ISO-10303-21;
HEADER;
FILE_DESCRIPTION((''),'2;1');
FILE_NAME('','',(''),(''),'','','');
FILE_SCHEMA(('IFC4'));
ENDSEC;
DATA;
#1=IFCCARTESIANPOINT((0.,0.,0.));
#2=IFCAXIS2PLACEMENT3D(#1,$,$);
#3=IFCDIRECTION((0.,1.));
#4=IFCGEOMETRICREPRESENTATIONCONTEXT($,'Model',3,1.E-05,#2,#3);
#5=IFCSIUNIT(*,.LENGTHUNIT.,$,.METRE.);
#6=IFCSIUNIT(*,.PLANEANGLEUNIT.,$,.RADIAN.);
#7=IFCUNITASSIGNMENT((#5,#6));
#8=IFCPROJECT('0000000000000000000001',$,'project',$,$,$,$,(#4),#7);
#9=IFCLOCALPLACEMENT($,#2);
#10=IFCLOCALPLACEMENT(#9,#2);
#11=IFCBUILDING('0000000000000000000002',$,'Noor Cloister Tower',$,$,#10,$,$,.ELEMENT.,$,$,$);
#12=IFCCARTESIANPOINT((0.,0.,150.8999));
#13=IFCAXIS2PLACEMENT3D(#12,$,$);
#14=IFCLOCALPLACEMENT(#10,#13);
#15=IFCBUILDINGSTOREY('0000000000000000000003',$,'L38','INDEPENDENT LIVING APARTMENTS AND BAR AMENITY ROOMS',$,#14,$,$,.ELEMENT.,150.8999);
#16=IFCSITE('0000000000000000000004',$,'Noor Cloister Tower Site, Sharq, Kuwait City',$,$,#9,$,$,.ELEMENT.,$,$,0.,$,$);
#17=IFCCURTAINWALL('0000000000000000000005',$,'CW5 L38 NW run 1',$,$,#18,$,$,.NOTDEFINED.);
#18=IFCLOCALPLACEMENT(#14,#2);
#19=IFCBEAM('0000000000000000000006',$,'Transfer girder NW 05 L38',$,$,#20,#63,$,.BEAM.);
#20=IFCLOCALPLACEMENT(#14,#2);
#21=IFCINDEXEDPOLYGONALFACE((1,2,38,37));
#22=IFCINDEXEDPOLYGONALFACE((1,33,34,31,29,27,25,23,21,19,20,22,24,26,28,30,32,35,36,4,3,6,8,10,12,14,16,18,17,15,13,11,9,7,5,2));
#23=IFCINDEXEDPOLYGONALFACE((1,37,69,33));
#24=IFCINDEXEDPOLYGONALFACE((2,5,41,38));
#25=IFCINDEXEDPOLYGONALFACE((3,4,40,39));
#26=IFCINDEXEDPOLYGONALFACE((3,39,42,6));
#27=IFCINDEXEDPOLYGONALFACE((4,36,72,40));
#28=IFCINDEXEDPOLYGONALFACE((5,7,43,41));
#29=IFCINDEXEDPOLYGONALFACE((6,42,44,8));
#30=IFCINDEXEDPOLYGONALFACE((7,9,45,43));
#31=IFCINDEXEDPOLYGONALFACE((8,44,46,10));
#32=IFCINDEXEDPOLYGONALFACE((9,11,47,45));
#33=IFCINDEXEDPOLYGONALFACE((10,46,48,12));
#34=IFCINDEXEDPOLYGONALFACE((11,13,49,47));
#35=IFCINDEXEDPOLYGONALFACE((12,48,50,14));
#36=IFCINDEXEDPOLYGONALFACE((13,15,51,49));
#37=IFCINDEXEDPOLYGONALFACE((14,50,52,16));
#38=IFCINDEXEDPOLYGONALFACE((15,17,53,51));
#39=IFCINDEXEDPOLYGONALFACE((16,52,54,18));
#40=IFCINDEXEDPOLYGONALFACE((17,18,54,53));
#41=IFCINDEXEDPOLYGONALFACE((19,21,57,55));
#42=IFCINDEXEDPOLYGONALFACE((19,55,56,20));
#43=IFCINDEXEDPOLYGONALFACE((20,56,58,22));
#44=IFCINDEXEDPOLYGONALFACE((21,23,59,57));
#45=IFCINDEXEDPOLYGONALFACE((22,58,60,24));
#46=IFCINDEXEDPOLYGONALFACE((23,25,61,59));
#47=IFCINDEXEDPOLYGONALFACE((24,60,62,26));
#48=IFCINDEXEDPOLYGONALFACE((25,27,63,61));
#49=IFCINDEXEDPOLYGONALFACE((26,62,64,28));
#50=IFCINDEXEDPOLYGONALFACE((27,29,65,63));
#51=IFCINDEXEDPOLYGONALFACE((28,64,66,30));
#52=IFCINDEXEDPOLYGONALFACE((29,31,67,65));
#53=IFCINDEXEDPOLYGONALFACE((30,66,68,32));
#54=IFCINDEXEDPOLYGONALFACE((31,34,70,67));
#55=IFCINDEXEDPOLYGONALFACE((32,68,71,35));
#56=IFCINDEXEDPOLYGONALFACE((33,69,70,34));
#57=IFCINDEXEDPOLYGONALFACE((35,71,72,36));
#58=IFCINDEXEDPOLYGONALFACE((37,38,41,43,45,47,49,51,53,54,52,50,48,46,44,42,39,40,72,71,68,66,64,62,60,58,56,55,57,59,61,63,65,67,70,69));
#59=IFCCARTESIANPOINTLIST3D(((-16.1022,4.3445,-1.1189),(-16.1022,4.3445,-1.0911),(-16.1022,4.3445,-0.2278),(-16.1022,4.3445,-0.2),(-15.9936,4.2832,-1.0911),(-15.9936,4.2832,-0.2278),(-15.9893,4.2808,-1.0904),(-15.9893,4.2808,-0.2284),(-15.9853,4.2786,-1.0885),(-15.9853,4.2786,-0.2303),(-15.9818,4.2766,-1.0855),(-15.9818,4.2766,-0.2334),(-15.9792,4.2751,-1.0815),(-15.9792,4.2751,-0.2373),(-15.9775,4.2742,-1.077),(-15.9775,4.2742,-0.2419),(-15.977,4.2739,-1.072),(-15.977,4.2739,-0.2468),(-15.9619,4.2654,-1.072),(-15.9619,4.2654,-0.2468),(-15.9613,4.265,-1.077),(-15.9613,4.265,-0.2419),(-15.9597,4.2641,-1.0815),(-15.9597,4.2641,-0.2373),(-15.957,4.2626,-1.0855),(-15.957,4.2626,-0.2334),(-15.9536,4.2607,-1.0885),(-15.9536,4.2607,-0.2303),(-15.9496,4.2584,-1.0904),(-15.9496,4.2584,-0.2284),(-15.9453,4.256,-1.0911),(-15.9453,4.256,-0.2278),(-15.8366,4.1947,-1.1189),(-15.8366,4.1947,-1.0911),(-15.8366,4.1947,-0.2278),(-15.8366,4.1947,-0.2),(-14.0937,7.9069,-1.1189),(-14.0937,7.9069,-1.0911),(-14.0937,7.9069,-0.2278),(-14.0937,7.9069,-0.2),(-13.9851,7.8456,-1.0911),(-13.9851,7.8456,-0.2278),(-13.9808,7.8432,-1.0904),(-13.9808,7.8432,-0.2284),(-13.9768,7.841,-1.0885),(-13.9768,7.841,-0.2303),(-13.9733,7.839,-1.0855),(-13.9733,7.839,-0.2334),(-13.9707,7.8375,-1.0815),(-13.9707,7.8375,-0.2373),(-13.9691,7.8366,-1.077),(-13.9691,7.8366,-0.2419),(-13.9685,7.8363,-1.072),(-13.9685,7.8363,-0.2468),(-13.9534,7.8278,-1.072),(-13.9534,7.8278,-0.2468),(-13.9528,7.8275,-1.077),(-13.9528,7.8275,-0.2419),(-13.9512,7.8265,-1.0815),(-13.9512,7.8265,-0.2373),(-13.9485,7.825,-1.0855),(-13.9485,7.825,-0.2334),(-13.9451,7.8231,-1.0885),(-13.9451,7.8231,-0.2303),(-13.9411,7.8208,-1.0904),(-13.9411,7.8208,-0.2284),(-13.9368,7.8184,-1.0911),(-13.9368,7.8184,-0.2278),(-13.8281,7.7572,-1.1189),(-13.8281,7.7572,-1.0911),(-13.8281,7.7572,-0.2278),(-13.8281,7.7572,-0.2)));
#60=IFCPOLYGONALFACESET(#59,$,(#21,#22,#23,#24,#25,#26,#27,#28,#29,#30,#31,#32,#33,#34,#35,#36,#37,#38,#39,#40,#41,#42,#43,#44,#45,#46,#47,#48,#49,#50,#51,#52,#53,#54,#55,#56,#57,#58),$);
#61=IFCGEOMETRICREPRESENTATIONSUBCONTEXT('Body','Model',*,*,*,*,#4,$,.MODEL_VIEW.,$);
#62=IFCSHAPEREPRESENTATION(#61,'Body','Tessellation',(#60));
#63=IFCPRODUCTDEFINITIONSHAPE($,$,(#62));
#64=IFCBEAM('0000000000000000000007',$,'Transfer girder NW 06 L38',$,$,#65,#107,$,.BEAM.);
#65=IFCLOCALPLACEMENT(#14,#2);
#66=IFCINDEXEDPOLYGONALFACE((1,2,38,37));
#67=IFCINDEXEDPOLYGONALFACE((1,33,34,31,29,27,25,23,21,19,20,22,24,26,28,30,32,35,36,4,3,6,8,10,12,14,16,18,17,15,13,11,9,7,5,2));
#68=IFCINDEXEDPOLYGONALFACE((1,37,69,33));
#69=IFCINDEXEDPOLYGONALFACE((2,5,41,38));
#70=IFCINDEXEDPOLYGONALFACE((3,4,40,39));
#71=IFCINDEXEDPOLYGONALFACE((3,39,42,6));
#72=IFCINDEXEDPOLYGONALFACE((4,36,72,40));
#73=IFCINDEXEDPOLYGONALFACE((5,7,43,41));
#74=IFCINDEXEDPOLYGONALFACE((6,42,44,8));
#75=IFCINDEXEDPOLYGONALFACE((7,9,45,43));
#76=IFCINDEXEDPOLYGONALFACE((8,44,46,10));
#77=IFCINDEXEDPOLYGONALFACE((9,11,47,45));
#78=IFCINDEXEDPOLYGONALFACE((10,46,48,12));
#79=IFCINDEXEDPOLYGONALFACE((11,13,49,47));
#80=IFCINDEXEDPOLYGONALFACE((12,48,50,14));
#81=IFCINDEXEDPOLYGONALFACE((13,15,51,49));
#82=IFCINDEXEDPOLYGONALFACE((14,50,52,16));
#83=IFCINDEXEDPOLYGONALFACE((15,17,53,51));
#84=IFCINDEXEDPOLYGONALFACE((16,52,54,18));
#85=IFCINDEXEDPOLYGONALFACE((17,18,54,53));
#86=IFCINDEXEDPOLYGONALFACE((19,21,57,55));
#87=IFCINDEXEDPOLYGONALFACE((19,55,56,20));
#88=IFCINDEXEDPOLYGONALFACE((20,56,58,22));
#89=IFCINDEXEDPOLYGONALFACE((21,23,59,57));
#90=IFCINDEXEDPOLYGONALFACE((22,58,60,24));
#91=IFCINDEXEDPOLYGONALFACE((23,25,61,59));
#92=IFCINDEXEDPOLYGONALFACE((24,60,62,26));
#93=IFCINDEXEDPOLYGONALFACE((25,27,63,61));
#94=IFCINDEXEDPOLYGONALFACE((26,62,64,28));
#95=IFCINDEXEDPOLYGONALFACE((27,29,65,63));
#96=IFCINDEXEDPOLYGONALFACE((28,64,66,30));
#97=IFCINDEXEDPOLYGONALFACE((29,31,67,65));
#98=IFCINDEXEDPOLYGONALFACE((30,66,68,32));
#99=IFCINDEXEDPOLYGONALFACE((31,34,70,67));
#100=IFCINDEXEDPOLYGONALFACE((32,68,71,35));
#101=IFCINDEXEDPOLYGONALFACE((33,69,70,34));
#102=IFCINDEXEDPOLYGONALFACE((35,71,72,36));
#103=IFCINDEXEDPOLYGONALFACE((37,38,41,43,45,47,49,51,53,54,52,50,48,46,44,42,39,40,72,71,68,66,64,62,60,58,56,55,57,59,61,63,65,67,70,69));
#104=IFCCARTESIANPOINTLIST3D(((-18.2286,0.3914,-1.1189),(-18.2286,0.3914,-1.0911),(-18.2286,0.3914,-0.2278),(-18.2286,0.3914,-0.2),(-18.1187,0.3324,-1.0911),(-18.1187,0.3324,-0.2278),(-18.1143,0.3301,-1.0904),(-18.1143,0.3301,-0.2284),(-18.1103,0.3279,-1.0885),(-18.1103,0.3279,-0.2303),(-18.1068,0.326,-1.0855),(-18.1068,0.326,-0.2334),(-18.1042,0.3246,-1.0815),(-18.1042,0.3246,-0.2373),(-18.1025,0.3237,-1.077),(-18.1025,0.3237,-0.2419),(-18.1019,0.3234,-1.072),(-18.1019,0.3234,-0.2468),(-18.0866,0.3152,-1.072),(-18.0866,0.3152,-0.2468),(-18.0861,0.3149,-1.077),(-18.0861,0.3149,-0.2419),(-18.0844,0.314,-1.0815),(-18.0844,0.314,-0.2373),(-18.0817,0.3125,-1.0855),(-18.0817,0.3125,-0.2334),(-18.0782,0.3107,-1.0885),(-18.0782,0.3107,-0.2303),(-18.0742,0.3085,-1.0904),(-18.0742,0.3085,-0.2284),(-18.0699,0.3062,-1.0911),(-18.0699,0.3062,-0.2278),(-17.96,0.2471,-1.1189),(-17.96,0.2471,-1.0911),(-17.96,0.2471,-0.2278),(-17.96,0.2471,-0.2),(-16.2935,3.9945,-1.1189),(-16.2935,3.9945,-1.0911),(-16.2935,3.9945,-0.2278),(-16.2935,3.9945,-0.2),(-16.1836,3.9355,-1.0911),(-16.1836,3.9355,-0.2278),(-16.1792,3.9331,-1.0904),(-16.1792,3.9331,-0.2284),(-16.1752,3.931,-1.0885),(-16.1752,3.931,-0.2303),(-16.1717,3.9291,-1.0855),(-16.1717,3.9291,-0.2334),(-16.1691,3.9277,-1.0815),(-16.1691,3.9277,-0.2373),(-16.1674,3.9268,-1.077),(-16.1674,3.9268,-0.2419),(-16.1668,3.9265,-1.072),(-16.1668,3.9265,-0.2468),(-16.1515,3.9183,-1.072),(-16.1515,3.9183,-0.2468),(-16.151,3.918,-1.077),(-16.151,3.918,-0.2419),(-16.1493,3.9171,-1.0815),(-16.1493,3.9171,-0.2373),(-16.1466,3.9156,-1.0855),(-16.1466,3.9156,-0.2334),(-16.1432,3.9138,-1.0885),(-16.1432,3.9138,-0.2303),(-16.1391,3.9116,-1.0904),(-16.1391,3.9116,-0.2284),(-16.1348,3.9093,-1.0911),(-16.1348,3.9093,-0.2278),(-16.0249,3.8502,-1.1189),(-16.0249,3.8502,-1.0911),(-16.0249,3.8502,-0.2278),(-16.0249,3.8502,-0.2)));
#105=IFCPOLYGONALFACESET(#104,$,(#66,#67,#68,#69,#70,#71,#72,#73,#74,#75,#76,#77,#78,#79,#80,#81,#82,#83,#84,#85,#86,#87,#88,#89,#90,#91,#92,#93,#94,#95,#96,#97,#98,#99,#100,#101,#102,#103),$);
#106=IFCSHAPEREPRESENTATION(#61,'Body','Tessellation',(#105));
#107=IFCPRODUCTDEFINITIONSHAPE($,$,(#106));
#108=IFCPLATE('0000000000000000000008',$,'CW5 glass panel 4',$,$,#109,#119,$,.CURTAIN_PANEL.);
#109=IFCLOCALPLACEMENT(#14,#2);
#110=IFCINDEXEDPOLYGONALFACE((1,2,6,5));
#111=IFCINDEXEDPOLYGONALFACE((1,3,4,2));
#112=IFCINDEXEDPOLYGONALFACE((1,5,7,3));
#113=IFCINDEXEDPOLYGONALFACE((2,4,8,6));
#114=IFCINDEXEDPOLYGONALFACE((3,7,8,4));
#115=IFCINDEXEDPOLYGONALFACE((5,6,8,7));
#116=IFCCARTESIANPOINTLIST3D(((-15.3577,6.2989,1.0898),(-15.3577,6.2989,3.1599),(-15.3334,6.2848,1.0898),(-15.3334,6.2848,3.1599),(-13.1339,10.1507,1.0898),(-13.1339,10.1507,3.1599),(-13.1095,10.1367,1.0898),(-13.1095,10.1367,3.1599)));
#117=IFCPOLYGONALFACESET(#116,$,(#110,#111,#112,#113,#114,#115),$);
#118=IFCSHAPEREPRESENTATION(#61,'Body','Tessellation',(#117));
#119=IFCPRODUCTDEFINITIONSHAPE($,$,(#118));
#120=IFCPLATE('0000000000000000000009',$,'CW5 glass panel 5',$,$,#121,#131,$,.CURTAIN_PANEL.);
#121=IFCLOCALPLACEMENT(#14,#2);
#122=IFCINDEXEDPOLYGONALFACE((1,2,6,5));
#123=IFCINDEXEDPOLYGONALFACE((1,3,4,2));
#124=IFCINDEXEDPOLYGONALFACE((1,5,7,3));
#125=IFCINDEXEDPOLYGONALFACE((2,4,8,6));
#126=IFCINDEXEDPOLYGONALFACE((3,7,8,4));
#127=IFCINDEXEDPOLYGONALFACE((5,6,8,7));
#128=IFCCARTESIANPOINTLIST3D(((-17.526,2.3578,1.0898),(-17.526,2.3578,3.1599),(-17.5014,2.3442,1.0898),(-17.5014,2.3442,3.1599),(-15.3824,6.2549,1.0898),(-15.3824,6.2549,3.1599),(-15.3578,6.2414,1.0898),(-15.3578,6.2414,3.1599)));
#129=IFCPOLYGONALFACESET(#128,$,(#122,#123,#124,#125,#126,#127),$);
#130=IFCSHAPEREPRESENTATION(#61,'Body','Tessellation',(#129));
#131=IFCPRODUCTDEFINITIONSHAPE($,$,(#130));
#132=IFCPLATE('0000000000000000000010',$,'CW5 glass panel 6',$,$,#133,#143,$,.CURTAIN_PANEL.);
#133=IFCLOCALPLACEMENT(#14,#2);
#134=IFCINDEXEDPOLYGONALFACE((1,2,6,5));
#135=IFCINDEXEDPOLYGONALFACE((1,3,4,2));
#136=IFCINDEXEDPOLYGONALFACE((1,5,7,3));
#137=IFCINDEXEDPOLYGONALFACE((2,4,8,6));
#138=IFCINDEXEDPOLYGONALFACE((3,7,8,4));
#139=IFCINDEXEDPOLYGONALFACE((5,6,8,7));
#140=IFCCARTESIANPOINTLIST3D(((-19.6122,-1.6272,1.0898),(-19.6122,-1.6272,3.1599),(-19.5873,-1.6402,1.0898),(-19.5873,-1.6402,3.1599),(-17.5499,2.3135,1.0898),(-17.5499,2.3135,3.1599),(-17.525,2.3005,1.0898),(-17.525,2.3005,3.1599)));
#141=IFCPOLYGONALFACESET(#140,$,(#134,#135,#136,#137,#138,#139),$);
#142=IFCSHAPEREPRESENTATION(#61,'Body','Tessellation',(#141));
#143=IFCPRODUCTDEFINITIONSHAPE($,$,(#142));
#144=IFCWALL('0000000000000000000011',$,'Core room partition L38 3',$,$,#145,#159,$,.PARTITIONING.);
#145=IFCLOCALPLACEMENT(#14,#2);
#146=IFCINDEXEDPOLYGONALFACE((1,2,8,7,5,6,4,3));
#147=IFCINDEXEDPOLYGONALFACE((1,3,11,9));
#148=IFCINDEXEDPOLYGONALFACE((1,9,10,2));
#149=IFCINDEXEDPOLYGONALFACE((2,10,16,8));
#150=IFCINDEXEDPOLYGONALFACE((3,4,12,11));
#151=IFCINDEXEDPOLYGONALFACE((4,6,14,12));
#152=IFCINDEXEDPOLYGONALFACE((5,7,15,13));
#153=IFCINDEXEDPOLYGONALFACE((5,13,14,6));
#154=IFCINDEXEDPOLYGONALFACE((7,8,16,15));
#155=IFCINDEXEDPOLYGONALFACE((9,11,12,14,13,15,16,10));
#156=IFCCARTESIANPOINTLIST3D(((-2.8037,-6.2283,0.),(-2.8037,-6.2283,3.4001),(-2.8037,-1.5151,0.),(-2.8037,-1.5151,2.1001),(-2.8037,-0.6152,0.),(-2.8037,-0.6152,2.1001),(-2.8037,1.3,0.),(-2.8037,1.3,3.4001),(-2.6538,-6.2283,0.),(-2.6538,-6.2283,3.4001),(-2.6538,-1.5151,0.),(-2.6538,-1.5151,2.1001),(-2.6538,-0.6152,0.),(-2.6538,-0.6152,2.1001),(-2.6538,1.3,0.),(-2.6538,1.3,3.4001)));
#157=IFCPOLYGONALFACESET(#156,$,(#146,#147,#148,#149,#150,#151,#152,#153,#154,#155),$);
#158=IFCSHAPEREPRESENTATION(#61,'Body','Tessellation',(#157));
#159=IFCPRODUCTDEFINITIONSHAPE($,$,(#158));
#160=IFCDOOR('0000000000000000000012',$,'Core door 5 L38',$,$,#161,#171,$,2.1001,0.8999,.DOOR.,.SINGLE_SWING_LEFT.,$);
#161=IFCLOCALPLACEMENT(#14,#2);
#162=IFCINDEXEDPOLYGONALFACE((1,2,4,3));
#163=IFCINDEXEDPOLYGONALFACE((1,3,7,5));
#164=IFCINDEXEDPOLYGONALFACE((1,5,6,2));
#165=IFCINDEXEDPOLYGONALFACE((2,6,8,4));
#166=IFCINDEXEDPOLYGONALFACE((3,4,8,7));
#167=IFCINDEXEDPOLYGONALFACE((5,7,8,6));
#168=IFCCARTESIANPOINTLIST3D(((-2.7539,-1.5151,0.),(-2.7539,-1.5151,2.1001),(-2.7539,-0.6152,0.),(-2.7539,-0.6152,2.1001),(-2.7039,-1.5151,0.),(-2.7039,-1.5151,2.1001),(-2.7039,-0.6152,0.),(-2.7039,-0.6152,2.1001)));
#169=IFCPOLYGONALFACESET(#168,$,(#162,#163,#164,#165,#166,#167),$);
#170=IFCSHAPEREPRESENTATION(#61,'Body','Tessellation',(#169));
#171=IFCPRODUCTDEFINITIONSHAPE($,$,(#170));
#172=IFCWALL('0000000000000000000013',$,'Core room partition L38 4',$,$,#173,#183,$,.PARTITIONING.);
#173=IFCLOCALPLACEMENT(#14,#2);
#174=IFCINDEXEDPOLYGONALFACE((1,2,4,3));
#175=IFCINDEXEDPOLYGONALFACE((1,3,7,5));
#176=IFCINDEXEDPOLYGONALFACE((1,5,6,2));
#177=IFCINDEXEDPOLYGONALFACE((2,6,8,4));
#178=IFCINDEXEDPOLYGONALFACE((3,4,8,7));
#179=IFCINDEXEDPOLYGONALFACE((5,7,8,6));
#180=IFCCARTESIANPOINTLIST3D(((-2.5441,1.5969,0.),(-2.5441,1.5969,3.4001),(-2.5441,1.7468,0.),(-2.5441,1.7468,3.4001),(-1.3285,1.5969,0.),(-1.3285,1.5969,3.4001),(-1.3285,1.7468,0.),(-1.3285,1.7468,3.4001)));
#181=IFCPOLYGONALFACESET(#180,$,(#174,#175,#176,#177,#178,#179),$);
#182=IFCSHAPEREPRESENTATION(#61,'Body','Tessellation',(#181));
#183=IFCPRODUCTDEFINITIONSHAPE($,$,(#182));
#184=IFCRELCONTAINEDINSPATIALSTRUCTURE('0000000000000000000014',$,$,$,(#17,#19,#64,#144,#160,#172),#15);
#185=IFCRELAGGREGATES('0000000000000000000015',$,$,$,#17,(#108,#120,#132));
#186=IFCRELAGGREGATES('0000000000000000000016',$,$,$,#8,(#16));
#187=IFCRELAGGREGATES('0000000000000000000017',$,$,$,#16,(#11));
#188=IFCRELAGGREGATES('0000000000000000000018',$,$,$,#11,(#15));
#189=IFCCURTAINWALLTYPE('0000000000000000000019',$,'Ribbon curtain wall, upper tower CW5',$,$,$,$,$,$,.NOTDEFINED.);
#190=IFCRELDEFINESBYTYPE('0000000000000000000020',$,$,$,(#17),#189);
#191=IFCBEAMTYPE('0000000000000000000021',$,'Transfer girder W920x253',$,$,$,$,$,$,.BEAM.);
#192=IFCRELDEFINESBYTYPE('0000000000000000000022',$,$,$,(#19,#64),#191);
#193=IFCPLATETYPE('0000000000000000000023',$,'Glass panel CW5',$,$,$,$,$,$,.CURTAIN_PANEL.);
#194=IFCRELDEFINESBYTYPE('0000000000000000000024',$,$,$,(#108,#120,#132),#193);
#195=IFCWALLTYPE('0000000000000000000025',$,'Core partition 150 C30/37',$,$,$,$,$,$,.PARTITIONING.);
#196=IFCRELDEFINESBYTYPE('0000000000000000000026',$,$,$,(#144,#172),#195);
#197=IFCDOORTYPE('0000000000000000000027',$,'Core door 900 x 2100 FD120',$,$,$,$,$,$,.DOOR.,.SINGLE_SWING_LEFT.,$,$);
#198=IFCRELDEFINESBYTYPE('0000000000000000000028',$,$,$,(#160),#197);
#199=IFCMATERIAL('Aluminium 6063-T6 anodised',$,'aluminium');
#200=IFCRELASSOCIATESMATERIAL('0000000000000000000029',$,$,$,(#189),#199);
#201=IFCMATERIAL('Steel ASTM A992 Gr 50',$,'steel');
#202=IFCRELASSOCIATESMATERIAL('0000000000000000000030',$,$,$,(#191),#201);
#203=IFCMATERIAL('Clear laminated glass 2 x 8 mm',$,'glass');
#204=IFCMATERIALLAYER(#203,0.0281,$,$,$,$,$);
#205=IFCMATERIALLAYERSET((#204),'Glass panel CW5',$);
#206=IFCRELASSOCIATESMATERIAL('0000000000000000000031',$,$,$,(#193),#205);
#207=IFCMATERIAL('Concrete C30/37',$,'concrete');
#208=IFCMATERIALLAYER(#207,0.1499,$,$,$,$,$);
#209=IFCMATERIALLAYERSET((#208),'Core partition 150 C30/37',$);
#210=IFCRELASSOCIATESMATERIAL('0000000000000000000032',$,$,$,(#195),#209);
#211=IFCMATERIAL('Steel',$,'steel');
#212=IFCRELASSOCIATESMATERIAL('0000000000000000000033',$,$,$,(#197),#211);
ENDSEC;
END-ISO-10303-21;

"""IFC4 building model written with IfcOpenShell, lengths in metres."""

from ifc_helpers import new_model, si_unit, direction, frame, frame_2d, origin, origin_2d, place, context, subcontext, project, spatial, rectangle, i_section, extrude, material, layer, layer_set, material_profile, profile_set, type_object, element, fill, aggregate, save


model = new_model("IFC4")

# Units and contexts
model_context = context("Model", 3, precision=1e-05, world=origin(), true_north=direction((0.0, 1.0)))
body_context = subcontext(model_context, "Body", "Model", "MODEL_VIEW")
ifc_project = project(units=[si_unit("LENGTHUNIT", "METRE"), si_unit("PLANEANGLEUNIT", "RADIAN")], contexts=[model_context])

# Site, building, storey
site_placement = place(None, origin())
site = spatial("IfcSite", under=ifc_project, at=site_placement, Name="Noor Cloister Tower Site, Sharq, Kuwait City", CompositionType="ELEMENT", RefElevation=0.0)
building_placement = place(site_placement, origin())
building = spatial("IfcBuilding", under=site, at=building_placement, Name="Noor Cloister Tower", CompositionType="ELEMENT")
storey_placement = place(building_placement, frame((0.0, 0.0, 150.8999)))
storey = spatial("IfcBuildingStorey", under=building, at=storey_placement, Name="L38", Description="INDEPENDENT LIVING APARTMENTS AND BAR AMENITY ROOMS", CompositionType="ELEMENT", Elevation=150.8999)

# Curtain wall
ifc_material_1 = material(Name="Aluminium 6063-T6 anodised", Category="aluminium")
curtain_wall_type = type_object("IfcCurtainWallType", Name="Ribbon curtain wall, upper tower CW5", PredefinedType="NOTDEFINED", material=ifc_material_1)
curtain_wall_1_placement = place(storey_placement, origin())
curtain_wall_1 = element("IfcCurtainWall", 1, at=curtain_wall_1_placement, inside=storey, type_object=curtain_wall_type, Name="CW5 L38 NW run 1", PredefinedType="NOTDEFINED")

# Beams
ifc_material_2 = material(Name="Steel ASTM A992 Gr 50", Category="steel")
ifc_material_profile_1 = material_profile(ifc_material_2, i_section(OverallWidth=0.3049, OverallDepth=0.9189, WebThickness=0.0173, FlangeThickness=0.0278, FilletRadius=0.019, at=origin_2d()), Name="W920x253")
ifc_profile_set_1 = profile_set([ifc_material_profile_1], Name="Steel ASTM A992 Gr 50")
beam_type_1 = type_object("IfcBeamType", Name="Transfer girder W920x253", PredefinedType="BEAM", material=ifc_profile_set_1)
beam_1_placement = place(storey_placement, frame((-13.9609, 7.832, -0.6594), z_axis=(-0.491123, -0.87109, 0.0), x_axis=(0.87109, -0.491123, 0.0)))
element("IfcBeam", 2, at=beam_1_placement, inside=storey, type_object=beam_type_1, Name="Transfer girder NW 05 L38", PredefinedType="BEAM", context=body_context, shape_type="SweptSolid", body=[
    extrude(i_section(OverallWidth=0.3049, OverallDepth=0.9189, WebThickness=0.0173, FlangeThickness=0.0278, FilletRadius=0.019, at=origin_2d()), origin(), (0.0, 0.0, 1.0), 4.0896),
])
beam_2_placement = place(storey_placement, frame((-16.1592, 3.9224, -0.6594), z_axis=(-0.473146, -0.880984, 0.0), x_axis=(0.880984, -0.473146, 0.0)))
element("IfcBeam", 3, at=beam_2_placement, inside=storey, type_object=beam_type_1, Name="Transfer girder NW 06 L38", PredefinedType="BEAM", context=body_context, shape_type="SweptSolid", body=[
    extrude(i_section(OverallWidth=0.3049, OverallDepth=0.9189, WebThickness=0.0173, FlangeThickness=0.0278, FilletRadius=0.019, at=origin_2d()), origin(), (0.0, 0.0, 1.0), 4.0898),
])

# Plates
ifc_material_3 = material(Name="Clear laminated glass 2 x 8 mm", Category="glass")
ifc_layer_1 = layer(ifc_material_3, 0.0281)
ifc_layer_set_1 = layer_set([ifc_layer_1], Name="Glass panel CW5")
plate_type = type_object("IfcPlateType", Name="Glass panel CW5", PredefinedType="CURTAIN_PANEL", material=ifc_layer_set_1)
plate_1_placement = place(storey_placement, frame((-14.2336, 8.2178, 1.0898), z_axis=(0.0, 0.0, 1.0), x_axis=(-0.5, -0.866025, 0.0)))
plate_1 = element("IfcPlate", 4, at=plate_1_placement, type_object=plate_type, Name="CW5 glass panel 4", PredefinedType="CURTAIN_PANEL", context=body_context, shape_type="SweptSolid", body=[
    extrude(rectangle(XDim=4.4478, YDim=0.0281, at=origin_2d()), origin(), (0.0, 0.0, 1.0), 2.0701),
])
plate_2_placement = place(storey_placement, frame((-16.4419, 4.2996, 1.0898), z_axis=(0.0, 0.0, 1.0), x_axis=(-0.481942, -0.876203, 0.0)))
plate_2 = element("IfcPlate", 5, at=plate_2_placement, type_object=plate_type, Name="CW5 glass panel 5", PredefinedType="CURTAIN_PANEL", context=body_context, shape_type="SweptSolid", body=[
    extrude(rectangle(XDim=4.4478, YDim=0.0281, at=origin_2d()), origin(), (0.0, 0.0, 1.0), 2.0701),
])
plate_3_placement = place(storey_placement, frame((-18.5686, 0.3367, 1.0898), z_axis=(0.0, 0.0, 1.0), x_axis=(-0.463677, -0.886004, 0.0)))
plate_3 = element("IfcPlate", 6, at=plate_3_placement, type_object=plate_type, Name="CW5 glass panel 6", PredefinedType="CURTAIN_PANEL", context=body_context, shape_type="SweptSolid", body=[
    extrude(rectangle(XDim=4.4478, YDim=0.0281, at=origin_2d()), origin(), (0.0, 0.0, 1.0), 2.0701),
])
aggregate(curtain_wall_1, [plate_1, plate_2, plate_3])

# Wall, opening, door
ifc_material_4 = material(Name="Concrete C30/37", Category="concrete")
ifc_layer_2 = layer(ifc_material_4, 0.1499)
ifc_layer_set_2 = layer_set([ifc_layer_2], Name="Core partition 150 C30/37")
wall_type_1 = type_object("IfcWallType", Name="Core partition 150 C30/37", PredefinedType="PARTITIONING", material=ifc_layer_set_2)
wall_1_placement = place(storey_placement, frame((-2.7288, 1.3, 0.0), z_axis=(0.0, 0.0, 1.0), x_axis=(0.0, -1.0, 0.0)))
wall_1 = element("IfcWall", 7, at=wall_1_placement, inside=storey, type_object=wall_type_1, Name="Core room partition L38 3", PredefinedType="PARTITIONING", context=body_context, shape_type="SweptSolid", body=[
    extrude(rectangle(XDim=7.5283, YDim=0.1499, at=frame_2d((3.7642, 0.0))), origin(), (0.0, 0.0, 1.0), 3.4001),
])
opening_1_placement = place(wall_1_placement, frame((1.9153, 0.0, 0.0)))
opening_1 = element("IfcOpeningElement", 8, at=opening_1_placement, cuts=wall_1, PredefinedType="OPENING", context=body_context, shape_type="SweptSolid", body=[
    extrude(rectangle(XDim=0.8999, YDim=2.1001, at=frame_2d((0.45, 1.05))), frame((0.0, 0.085, 0.0), z_axis=(0.0, -1.0, 0.0), x_axis=(1.0, 0.0, 0.0)), (0.0, 0.0, 1.0), 0.1699),
])
ifc_material_5 = material(Name="Steel", Category="steel")
door_type = type_object("IfcDoorType", Name="Core door 900 x 2100 FD120", OperationType="SINGLE_SWING_LEFT", PredefinedType="DOOR", material=ifc_material_5)
door_1_placement = place(opening_1_placement, origin())
door_1 = element("IfcDoor", 9, at=door_1_placement, inside=storey, type_object=door_type, Name="Core door 5 L38", OperationType="SINGLE_SWING_LEFT", OverallHeight=2.1001, OverallWidth=0.8999, PredefinedType="DOOR", context=body_context, shape_type="SweptSolid", body=[
    extrude(rectangle(XDim=0.8999, YDim=2.1001, at=frame_2d((0.45, 1.05))), frame((0.0, 0.0249, 0.0), z_axis=(0.0, -1.0, 0.0), x_axis=(1.0, 0.0, 0.0)), (0.0, 0.0, 1.0), 0.05),
])
fill(opening_1, door_1)

# Wall
wall_2_placement = place(storey_placement, frame((-2.5442, 1.6719, 0.0), z_axis=(0.0, 0.0, 1.0), x_axis=(1.0, 0.0, 0.0)))
element("IfcWall", 10, at=wall_2_placement, inside=storey, type_object=wall_type_1, Name="Core room partition L38 4", PredefinedType="PARTITIONING", context=body_context, shape_type="SweptSolid", body=[
    extrude(rectangle(XDim=1.2156, YDim=0.1499, at=frame_2d((0.6079, 0.0))), origin(), (0.0, 0.0, 1.0), 3.4001),
])

save(model, "model.ifc")
